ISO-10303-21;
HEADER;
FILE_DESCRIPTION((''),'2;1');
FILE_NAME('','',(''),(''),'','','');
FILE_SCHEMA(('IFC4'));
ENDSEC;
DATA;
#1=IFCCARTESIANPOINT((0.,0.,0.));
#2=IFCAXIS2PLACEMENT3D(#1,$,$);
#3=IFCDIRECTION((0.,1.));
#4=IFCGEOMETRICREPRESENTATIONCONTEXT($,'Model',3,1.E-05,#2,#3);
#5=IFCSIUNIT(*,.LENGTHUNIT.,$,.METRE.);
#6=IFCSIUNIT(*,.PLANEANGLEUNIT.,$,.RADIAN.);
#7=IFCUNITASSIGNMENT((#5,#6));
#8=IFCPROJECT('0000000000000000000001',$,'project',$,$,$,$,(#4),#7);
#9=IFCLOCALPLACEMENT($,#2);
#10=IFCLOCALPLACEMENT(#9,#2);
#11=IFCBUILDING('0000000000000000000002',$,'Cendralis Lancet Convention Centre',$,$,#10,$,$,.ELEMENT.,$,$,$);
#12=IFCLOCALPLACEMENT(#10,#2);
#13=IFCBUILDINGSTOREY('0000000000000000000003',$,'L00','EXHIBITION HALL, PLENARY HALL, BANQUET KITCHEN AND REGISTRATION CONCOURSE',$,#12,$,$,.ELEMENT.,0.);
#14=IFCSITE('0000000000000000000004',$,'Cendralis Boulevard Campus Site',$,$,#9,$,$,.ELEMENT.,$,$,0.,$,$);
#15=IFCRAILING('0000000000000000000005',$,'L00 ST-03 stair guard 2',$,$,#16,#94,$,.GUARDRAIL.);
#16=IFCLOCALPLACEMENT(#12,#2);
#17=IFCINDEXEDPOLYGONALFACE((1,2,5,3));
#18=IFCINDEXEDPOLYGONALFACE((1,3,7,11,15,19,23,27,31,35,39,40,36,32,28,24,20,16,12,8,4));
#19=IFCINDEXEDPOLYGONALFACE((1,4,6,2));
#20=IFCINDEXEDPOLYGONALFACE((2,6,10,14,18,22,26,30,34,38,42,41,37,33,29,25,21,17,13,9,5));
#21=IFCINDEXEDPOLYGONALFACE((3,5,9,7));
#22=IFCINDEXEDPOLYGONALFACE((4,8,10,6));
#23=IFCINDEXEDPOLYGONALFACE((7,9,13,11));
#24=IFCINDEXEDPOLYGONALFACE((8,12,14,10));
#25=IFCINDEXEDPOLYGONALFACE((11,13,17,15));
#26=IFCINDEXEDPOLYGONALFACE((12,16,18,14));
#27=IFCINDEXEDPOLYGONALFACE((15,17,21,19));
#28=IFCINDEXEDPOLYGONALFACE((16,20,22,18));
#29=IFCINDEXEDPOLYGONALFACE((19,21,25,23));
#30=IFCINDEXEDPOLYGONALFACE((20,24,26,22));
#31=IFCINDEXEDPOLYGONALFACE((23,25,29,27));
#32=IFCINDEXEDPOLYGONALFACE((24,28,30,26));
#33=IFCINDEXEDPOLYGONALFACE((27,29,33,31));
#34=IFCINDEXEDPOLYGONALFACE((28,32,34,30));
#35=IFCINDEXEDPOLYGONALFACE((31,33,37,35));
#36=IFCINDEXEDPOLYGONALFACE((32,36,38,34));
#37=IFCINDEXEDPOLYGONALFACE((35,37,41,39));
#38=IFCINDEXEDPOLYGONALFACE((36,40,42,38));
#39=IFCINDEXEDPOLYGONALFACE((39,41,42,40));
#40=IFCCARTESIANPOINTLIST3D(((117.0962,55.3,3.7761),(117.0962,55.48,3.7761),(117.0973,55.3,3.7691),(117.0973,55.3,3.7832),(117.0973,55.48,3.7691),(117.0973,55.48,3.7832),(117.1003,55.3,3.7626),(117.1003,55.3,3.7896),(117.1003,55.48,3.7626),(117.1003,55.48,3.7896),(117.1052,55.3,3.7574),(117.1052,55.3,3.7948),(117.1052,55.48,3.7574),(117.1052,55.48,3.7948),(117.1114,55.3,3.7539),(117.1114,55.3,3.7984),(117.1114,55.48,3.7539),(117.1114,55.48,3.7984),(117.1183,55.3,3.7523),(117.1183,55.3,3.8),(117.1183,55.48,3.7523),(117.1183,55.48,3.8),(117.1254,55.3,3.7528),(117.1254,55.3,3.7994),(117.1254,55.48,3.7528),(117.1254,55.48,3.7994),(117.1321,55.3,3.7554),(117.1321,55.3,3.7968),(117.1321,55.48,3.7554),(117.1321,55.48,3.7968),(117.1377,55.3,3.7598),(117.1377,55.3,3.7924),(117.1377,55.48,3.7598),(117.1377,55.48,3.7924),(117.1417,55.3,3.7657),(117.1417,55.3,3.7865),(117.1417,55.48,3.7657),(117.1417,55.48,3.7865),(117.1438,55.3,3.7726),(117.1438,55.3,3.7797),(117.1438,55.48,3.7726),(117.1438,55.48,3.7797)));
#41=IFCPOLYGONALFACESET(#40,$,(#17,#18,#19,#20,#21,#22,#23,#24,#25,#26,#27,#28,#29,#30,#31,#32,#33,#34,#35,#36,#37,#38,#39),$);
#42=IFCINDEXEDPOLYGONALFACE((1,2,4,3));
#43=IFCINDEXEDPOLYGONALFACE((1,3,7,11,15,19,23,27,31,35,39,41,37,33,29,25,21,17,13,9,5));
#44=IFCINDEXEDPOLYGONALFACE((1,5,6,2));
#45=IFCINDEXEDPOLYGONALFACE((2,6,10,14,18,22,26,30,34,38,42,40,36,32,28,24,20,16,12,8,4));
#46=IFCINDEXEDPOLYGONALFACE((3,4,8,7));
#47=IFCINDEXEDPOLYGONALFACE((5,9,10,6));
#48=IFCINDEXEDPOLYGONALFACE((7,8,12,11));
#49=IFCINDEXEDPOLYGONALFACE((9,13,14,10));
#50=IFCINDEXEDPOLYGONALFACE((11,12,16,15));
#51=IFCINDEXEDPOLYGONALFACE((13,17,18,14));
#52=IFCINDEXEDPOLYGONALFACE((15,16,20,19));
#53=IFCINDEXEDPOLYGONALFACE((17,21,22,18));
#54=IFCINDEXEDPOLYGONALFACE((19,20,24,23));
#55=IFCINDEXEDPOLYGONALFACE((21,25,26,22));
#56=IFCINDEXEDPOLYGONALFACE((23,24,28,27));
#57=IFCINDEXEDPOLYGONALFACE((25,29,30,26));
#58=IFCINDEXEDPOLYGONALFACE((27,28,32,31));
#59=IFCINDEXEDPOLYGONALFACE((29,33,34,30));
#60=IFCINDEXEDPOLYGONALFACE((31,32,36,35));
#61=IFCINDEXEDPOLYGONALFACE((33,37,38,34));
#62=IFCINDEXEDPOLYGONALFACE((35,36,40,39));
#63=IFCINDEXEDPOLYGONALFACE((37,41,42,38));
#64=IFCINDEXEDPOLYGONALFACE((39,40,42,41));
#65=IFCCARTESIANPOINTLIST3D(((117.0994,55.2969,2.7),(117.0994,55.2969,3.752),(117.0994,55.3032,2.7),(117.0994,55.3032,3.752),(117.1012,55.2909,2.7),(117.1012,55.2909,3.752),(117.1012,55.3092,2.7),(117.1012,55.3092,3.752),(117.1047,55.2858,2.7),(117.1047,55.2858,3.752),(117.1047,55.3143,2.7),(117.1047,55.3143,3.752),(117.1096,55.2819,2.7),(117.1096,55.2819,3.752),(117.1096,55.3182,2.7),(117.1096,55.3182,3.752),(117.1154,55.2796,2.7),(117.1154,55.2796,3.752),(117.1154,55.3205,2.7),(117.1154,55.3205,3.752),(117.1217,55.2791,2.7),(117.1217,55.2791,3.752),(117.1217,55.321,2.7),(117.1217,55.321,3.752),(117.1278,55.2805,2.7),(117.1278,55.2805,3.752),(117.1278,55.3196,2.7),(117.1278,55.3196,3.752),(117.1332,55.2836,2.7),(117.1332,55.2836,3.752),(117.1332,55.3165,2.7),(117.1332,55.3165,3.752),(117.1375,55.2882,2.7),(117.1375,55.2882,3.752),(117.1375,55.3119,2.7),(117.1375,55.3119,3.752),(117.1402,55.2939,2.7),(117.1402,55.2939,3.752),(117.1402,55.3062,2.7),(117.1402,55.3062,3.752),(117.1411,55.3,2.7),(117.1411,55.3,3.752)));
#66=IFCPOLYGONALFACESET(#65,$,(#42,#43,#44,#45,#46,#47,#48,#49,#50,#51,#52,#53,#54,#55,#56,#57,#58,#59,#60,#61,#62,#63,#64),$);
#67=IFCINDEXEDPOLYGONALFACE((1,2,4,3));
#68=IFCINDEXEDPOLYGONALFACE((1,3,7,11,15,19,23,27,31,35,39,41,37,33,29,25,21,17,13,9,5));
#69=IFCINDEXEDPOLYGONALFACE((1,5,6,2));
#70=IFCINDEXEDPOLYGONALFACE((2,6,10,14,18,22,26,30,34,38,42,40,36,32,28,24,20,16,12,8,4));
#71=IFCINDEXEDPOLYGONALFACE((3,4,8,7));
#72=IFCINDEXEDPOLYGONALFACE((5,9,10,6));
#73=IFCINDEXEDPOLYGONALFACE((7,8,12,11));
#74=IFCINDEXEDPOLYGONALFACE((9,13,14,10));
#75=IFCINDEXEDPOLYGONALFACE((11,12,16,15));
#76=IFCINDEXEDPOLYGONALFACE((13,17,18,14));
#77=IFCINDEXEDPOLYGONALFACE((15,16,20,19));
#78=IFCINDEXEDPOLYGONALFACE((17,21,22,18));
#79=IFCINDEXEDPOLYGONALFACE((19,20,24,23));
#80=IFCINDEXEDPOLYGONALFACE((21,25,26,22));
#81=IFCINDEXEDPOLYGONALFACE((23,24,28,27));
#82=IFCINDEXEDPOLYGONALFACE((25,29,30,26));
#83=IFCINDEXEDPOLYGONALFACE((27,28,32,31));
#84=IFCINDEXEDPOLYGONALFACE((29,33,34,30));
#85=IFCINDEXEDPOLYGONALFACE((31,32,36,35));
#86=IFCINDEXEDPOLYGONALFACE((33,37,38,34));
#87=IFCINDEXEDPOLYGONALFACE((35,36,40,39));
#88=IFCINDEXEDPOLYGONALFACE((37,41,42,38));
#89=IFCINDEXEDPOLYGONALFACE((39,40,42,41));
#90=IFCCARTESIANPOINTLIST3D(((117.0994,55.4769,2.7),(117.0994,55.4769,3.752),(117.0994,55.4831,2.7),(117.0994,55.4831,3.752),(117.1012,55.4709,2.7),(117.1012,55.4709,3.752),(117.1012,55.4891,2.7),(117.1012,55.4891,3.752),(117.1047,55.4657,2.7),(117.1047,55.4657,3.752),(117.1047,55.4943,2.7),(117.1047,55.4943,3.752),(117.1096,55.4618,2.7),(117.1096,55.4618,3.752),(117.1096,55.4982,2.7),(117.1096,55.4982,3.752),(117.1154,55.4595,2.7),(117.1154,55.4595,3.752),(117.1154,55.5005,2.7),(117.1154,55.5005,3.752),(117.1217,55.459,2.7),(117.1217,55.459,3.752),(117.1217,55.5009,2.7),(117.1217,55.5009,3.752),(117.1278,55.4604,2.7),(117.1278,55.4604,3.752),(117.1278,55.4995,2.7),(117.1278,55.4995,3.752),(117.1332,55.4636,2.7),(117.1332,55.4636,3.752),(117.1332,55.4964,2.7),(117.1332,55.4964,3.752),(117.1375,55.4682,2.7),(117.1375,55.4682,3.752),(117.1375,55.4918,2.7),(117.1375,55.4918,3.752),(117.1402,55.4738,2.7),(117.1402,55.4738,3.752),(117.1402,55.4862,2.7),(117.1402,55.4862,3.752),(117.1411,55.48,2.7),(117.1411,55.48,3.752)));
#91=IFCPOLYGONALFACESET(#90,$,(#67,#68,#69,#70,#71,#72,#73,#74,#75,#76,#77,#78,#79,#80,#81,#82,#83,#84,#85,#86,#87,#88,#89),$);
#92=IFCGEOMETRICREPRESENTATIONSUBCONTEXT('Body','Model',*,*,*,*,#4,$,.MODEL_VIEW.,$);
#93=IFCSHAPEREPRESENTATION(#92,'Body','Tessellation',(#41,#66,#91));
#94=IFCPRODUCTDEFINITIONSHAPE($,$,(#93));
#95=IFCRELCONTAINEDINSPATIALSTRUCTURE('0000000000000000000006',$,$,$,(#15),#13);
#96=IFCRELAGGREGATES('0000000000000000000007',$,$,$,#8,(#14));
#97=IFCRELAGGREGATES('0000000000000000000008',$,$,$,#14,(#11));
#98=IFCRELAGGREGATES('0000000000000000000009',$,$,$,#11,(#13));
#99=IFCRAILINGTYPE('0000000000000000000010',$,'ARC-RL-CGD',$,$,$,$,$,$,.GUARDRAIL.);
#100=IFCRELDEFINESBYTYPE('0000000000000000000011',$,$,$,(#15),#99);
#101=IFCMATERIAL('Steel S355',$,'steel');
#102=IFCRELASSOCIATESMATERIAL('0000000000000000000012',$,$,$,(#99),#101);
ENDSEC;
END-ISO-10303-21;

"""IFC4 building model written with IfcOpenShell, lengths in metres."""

from ifc_helpers import new_model, si_unit, direction, frame, origin, origin_2d, place, context, subcontext, project, spatial, circle, extrude, material, type_object, element, save


model = new_model("IFC4")

# Units and contexts
model_context = context("Model", 3, precision=1e-05, world=origin(), true_north=direction((0.0, 1.0)))
body_context = subcontext(model_context, "Body", "Model", "MODEL_VIEW")
ifc_project = project(units=[si_unit("LENGTHUNIT", "METRE"), si_unit("PLANEANGLEUNIT", "RADIAN")], contexts=[model_context])

# Site, building, storey
site_placement = place(None, origin())
site = spatial("IfcSite", under=ifc_project, at=site_placement, Name="Cendralis Boulevard Campus Site", CompositionType="ELEMENT", RefElevation=0.0)
building_placement = place(site_placement, origin())
building = spatial("IfcBuilding", under=site, at=building_placement, Name="Cendralis Lancet Convention Centre", CompositionType="ELEMENT")
storey_placement = place(building_placement, origin())
storey = spatial("IfcBuildingStorey", under=building, at=storey_placement, Name="L00", Description="EXHIBITION HALL, PLENARY HALL, BANQUET KITCHEN AND REGISTRATION CONCOURSE", CompositionType="ELEMENT", Elevation=0.0)

# Railing
ifc_material_1 = material(Name="Steel S355", Category="steel")
railing_type_1 = type_object("IfcRailingType", Name="ARC-RL-CGD", PredefinedType="GUARDRAIL", material=ifc_material_1)
railing_1_placement = place(storey_placement, frame((117.1201, 55.3, 2.7)))
element("IfcRailing", 1, at=railing_1_placement, inside=storey, type_object=railing_type_1, Name="L00 ST-03 stair guard 2", PredefinedType="GUARDRAIL", context=body_context, shape_type="SweptSolid", body=[
    extrude(circle(Radius=0.0239, at=origin_2d()), frame((0.0, 0.0, 1.0762), z_axis=(0.0, 1.0, 0.0), x_axis=(-1.0, 0.0, 0.0)), (0.0, 0.0, 1.0), 0.1799),
    extrude(circle(Radius=0.021, at=origin_2d()), origin(), (0.0, 0.0, 1.0), 1.052),
    extrude(circle(Radius=0.021, at=origin_2d()), frame((0.0, 0.1799, 0.0)), (0.0, 0.0, 1.0), 1.052),
])

save(model, "model.ifc")
